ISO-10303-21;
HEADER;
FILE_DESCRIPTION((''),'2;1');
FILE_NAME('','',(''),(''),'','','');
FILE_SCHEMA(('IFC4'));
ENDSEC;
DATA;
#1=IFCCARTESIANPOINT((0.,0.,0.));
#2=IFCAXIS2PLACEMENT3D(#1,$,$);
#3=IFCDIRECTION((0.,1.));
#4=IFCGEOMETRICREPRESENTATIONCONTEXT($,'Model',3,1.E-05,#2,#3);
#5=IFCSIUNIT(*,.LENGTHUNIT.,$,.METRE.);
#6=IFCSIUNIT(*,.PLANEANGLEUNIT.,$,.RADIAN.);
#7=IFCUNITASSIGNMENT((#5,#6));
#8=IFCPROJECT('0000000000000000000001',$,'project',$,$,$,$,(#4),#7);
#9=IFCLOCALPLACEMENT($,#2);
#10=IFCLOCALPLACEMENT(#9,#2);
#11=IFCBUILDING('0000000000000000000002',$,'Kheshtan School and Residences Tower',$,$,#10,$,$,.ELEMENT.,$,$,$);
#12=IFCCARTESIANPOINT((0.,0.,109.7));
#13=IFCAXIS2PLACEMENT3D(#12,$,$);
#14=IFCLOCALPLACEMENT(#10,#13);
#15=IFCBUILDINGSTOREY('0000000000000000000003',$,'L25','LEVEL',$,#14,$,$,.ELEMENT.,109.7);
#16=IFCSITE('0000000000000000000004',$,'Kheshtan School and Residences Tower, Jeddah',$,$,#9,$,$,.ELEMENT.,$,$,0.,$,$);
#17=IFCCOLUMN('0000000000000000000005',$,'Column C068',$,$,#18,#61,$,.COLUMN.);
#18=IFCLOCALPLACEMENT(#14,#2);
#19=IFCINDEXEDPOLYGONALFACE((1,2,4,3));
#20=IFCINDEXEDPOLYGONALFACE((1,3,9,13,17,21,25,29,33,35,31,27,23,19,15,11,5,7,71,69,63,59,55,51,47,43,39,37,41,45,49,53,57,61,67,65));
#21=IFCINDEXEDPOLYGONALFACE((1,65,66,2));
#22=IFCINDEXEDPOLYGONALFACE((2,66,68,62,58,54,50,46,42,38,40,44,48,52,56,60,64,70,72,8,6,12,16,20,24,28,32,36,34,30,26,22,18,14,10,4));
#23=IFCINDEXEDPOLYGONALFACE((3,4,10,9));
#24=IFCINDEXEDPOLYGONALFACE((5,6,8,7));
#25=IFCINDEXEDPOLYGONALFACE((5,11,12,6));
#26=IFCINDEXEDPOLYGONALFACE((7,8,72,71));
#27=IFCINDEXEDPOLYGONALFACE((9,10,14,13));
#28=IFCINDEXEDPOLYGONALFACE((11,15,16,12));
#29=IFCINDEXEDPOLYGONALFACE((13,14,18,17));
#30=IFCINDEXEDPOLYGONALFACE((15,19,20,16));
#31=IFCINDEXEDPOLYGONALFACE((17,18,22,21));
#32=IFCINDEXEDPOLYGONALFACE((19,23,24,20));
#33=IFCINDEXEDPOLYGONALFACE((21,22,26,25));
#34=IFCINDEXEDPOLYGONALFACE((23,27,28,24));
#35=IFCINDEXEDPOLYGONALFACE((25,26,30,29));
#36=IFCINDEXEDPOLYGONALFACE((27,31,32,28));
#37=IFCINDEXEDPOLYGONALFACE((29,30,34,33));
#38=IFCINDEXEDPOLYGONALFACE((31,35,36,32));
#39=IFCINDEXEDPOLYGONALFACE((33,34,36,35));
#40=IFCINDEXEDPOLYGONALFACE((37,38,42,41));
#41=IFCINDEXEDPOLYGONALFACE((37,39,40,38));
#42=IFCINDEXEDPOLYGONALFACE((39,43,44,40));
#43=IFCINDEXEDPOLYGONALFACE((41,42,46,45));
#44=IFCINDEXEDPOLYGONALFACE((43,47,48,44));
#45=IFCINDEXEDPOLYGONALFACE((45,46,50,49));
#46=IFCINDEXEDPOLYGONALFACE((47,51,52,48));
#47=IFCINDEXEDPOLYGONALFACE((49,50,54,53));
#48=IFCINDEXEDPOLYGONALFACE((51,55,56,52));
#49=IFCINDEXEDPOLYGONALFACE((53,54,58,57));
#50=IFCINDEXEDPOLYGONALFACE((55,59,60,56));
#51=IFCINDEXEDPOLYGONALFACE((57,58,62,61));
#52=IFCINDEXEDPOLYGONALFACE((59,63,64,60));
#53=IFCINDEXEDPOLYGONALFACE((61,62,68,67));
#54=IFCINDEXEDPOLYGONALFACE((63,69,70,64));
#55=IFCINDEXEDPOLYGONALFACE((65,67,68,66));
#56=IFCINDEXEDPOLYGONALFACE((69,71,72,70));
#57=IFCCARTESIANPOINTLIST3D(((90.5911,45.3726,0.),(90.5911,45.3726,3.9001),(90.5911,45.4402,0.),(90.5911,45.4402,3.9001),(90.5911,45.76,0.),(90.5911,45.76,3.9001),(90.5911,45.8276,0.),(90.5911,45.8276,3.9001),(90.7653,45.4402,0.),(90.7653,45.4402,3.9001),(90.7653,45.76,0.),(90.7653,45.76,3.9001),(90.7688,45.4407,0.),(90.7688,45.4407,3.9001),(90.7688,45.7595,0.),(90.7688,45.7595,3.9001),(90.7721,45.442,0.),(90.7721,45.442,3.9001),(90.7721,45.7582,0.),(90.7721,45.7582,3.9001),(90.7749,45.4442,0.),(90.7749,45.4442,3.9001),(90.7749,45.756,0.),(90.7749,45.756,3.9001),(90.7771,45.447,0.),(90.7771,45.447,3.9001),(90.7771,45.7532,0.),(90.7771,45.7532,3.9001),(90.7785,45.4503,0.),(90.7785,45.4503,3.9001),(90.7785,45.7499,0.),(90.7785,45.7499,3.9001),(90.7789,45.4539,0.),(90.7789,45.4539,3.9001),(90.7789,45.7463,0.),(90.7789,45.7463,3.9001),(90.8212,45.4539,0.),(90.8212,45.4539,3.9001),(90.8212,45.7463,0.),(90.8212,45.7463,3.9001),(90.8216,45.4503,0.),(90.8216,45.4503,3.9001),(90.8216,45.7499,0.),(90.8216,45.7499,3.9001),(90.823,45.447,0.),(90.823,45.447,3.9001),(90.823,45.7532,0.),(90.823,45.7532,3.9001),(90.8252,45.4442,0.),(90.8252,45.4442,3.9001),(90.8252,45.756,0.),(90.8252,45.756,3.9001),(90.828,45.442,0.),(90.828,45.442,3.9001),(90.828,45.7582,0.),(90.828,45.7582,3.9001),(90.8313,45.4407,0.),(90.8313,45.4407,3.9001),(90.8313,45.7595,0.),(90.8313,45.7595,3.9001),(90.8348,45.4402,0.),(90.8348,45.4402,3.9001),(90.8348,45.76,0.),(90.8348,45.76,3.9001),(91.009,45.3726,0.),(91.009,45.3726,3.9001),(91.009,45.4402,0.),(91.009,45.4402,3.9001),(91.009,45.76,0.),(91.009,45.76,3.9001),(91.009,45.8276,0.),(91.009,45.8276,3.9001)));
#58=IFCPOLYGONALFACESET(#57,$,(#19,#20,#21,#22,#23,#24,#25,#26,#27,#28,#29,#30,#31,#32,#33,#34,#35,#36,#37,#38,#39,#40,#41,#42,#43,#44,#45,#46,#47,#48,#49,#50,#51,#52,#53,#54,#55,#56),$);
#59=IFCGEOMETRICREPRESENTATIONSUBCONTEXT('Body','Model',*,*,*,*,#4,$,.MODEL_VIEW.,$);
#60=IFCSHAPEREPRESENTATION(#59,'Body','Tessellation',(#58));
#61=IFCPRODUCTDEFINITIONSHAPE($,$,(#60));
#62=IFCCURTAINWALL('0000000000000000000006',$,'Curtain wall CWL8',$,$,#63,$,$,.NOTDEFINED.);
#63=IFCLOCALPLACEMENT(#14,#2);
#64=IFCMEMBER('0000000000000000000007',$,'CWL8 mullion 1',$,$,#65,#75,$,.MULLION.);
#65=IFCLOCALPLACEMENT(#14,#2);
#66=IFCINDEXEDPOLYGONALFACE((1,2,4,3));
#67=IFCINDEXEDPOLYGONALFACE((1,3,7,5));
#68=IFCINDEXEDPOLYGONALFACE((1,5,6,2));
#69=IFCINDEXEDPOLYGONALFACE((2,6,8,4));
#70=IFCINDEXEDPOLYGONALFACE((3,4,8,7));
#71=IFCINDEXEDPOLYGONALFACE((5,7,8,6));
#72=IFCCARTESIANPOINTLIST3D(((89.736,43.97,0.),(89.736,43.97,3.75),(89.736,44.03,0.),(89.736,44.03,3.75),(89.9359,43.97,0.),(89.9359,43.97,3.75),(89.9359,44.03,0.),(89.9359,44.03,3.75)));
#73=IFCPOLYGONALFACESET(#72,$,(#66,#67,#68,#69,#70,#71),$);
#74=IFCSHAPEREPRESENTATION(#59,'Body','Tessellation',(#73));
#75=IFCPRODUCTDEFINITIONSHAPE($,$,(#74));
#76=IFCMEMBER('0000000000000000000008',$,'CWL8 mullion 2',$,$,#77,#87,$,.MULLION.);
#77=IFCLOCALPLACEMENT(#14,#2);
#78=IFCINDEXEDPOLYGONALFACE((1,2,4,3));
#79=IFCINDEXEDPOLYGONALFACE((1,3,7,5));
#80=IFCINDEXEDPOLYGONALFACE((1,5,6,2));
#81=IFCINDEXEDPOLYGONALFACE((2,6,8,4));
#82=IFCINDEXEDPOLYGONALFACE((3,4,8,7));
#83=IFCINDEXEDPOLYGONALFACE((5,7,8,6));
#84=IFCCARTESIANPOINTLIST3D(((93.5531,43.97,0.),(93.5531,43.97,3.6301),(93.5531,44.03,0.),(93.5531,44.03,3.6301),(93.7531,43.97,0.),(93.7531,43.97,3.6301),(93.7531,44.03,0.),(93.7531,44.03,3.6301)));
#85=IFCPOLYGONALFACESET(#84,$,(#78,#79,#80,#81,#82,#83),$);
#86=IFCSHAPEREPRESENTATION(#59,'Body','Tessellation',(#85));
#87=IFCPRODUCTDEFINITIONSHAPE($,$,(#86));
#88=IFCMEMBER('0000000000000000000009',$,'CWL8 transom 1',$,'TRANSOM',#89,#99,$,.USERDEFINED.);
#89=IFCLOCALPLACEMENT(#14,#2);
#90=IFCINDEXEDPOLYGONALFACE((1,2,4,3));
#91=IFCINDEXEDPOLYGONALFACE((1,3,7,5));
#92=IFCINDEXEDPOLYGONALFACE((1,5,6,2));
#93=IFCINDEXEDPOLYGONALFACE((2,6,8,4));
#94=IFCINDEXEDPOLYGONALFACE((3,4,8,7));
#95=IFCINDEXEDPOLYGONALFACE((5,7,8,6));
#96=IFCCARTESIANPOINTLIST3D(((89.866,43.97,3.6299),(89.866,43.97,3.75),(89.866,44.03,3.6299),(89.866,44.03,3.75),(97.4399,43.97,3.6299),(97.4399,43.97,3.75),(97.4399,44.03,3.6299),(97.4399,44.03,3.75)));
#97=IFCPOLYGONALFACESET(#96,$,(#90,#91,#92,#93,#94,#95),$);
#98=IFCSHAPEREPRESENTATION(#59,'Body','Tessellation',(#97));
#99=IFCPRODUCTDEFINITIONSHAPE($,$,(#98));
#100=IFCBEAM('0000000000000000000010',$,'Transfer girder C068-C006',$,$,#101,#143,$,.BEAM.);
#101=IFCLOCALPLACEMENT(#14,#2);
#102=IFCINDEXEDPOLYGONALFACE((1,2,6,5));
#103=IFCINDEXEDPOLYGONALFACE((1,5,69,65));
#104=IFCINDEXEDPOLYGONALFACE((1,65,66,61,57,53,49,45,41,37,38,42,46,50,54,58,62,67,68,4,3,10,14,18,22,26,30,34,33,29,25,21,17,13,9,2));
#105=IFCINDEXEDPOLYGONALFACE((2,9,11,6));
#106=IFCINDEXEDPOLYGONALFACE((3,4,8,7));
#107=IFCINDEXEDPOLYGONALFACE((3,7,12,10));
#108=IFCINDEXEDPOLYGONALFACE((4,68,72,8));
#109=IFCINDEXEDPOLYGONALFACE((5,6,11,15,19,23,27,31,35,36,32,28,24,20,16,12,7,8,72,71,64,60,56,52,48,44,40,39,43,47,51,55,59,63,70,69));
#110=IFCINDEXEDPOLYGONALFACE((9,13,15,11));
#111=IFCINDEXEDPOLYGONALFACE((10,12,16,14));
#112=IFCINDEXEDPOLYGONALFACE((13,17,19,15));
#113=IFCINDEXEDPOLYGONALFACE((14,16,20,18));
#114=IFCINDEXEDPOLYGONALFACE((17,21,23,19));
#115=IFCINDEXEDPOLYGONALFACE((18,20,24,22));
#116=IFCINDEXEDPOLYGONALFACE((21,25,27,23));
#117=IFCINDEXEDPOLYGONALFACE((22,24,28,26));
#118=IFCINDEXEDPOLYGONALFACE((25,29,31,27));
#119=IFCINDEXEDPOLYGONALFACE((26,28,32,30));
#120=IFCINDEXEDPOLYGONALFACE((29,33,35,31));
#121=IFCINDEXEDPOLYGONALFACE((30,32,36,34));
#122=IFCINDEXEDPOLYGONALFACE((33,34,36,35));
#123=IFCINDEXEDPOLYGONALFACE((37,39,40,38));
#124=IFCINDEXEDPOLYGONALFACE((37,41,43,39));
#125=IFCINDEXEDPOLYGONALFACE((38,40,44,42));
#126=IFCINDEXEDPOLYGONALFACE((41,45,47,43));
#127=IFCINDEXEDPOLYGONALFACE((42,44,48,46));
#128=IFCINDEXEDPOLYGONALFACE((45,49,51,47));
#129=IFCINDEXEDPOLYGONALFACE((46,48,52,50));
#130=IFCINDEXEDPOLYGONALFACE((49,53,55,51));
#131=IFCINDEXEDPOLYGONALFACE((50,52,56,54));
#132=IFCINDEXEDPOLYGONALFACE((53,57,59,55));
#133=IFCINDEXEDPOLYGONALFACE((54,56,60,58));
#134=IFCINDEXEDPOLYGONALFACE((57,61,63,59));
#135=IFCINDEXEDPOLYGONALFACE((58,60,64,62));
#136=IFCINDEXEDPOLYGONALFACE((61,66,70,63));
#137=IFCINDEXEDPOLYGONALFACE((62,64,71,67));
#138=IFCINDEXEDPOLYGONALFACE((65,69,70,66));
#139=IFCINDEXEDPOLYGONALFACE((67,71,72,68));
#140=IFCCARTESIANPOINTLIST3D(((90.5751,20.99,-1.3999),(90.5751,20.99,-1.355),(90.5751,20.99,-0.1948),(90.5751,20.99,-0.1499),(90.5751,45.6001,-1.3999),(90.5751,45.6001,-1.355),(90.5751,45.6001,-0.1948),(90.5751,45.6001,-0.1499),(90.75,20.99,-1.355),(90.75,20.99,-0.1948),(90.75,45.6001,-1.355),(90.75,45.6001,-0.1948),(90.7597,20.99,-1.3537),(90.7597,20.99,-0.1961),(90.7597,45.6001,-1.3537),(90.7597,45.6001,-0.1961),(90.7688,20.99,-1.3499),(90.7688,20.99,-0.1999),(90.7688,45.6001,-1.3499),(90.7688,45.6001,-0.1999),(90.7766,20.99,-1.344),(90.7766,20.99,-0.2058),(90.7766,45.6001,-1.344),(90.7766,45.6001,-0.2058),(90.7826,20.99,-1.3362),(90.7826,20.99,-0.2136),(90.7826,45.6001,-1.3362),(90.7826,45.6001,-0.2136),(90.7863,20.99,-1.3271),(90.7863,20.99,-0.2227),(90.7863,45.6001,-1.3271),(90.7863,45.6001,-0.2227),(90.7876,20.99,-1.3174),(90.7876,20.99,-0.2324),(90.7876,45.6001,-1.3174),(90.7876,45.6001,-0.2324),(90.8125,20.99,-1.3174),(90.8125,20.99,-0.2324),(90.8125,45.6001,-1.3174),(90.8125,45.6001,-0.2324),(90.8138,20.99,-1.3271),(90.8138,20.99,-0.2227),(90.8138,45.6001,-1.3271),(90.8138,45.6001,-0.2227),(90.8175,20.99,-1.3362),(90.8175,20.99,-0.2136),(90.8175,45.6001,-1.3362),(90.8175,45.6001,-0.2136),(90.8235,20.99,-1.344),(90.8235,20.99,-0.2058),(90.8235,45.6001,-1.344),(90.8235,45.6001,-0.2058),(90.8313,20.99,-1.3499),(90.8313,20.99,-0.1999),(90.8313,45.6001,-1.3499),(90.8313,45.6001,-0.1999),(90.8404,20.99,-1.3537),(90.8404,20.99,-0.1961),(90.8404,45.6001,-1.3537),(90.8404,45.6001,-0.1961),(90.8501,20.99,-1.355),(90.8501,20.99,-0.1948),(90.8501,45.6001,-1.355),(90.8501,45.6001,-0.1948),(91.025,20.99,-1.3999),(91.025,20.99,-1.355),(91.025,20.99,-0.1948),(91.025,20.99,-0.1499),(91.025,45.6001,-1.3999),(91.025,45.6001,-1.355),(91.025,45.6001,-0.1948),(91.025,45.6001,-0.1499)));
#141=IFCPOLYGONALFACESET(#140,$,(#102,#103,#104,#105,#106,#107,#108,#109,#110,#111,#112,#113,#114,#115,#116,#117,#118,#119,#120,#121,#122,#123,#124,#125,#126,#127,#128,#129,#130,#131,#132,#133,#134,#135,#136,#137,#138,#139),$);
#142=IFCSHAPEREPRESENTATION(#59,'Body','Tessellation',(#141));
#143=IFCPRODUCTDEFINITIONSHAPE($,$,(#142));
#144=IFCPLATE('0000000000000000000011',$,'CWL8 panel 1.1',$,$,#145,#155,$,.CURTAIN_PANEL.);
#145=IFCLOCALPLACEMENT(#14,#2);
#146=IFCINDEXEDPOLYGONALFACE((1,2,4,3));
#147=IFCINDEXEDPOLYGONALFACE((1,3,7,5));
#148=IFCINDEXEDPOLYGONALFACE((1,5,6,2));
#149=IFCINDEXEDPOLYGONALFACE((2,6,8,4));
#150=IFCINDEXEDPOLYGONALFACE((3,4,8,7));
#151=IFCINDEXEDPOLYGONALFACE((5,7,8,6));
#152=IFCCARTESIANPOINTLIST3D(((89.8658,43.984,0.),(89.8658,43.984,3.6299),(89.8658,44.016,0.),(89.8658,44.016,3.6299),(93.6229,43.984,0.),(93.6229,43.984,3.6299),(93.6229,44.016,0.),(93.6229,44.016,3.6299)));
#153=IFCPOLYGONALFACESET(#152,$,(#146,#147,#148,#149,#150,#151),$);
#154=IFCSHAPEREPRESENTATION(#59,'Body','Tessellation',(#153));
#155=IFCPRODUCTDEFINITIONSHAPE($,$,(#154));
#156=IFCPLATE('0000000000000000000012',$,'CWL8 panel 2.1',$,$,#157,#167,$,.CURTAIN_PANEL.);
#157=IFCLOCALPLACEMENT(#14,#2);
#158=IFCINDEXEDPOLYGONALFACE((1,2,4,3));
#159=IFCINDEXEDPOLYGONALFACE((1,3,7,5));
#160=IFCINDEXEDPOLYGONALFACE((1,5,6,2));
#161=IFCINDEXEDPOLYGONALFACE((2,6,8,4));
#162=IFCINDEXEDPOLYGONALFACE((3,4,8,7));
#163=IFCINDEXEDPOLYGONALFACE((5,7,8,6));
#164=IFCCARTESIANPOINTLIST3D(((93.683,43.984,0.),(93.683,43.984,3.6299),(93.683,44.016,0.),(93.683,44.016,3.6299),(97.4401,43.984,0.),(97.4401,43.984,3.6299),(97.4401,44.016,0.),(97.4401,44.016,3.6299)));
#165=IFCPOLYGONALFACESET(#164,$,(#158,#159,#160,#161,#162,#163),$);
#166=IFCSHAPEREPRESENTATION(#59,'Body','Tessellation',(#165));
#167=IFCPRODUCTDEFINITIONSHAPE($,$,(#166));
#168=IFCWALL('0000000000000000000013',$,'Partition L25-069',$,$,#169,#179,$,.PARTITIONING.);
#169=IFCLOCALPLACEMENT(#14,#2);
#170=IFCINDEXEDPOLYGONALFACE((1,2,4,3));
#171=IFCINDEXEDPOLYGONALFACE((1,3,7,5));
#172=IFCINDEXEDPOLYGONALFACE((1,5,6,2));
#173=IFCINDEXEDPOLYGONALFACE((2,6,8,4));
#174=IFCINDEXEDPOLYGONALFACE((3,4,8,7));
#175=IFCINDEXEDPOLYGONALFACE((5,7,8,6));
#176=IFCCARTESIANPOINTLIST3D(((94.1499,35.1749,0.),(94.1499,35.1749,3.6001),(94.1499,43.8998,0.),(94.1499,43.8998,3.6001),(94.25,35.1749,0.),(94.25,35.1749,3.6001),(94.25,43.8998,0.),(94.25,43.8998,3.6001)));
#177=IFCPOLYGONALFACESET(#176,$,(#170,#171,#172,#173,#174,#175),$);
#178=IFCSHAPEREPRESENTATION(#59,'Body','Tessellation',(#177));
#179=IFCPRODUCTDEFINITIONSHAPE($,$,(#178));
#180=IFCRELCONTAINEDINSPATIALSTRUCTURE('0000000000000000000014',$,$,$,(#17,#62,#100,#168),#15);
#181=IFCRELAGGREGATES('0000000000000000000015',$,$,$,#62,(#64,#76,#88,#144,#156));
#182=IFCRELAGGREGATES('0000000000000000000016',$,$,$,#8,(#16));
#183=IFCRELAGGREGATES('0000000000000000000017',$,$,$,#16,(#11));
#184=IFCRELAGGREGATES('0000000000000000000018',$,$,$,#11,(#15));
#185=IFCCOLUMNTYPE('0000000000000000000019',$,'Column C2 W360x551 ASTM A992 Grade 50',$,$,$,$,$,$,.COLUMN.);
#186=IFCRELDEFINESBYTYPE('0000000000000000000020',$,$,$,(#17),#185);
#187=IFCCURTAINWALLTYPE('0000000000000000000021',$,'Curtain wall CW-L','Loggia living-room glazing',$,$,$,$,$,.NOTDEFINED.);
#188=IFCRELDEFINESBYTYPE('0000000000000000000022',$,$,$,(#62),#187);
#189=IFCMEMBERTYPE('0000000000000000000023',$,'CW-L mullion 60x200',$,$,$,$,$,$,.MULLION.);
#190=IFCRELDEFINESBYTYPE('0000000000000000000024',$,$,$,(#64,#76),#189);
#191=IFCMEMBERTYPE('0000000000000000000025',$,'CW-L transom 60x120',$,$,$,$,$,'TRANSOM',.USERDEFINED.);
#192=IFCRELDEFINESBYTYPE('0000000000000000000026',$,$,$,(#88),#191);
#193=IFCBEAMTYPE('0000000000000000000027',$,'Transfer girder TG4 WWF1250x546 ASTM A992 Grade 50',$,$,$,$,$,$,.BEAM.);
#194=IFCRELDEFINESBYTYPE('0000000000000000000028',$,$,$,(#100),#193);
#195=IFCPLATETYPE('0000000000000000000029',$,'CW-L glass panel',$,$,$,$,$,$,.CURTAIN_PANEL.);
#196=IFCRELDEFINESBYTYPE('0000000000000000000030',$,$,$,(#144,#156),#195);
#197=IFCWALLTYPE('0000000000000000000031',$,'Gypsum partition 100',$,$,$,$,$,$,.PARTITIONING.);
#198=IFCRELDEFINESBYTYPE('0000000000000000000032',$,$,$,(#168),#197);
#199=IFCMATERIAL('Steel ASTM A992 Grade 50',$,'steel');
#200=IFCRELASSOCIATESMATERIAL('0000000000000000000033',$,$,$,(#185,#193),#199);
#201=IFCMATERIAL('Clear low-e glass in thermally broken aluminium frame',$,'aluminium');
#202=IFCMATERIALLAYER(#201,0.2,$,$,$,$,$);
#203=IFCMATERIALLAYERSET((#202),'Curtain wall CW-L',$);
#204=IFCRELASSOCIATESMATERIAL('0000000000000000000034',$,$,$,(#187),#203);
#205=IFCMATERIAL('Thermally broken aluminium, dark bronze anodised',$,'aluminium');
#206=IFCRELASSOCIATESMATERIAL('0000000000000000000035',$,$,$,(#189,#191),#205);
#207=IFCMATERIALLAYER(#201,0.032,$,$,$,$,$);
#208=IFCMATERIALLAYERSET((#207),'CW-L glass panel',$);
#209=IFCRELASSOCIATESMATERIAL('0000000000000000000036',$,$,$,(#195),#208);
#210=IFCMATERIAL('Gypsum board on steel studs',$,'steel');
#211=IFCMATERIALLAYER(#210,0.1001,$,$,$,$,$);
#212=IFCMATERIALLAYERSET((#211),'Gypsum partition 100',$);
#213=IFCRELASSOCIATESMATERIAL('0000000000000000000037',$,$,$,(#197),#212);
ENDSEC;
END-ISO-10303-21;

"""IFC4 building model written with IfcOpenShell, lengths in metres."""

from ifc_helpers import new_model, si_unit, direction, frame, frame_2d, origin, origin_2d, place, context, subcontext, project, spatial, rectangle, i_section, extrude, material, layer, layer_set, material_profile, profile_set, type_object, element, aggregate, save


model = new_model("IFC4")

# Units and contexts
model_context = context("Model", 3, precision=1e-05, world=origin(), true_north=direction((0.0, 1.0)))
body_context = subcontext(model_context, "Body", "Model", "MODEL_VIEW")
ifc_project = project(units=[si_unit("LENGTHUNIT", "METRE"), si_unit("PLANEANGLEUNIT", "RADIAN")], contexts=[model_context])

# Site, building, storey
site_placement = place(None, origin())
site = spatial("IfcSite", under=ifc_project, at=site_placement, Name="Kheshtan School and Residences Tower, Jeddah", CompositionType="ELEMENT", RefElevation=0.0)
building_placement = place(site_placement, origin())
building = spatial("IfcBuilding", under=site, at=building_placement, Name="Kheshtan School and Residences Tower", CompositionType="ELEMENT")
storey_placement = place(building_placement, frame((0.0, 0.0, 109.7)))
storey = spatial("IfcBuildingStorey", under=building, at=storey_placement, Name="L25", Description="LEVEL", CompositionType="ELEMENT", Elevation=109.7)

# Column
ifc_material_1 = material(Name="Steel ASTM A992 Grade 50", Category="steel")
ifc_material_profile_1 = material_profile(ifc_material_1, i_section(OverallWidth=0.418, OverallDepth=0.4551, WebThickness=0.0422, FlangeThickness=0.0676, FilletRadius=0.0137, at=origin_2d()), Name="W360x551")
ifc_profile_set_1 = profile_set([ifc_material_profile_1], Name="Steel ASTM A992 Grade 50")
column_type = type_object("IfcColumnType", Name="Column C2 W360x551 ASTM A992 Grade 50", PredefinedType="COLUMN", material=ifc_profile_set_1)
column_placement = place(storey_placement, frame((90.8, 45.6001, 0.0), z_axis=(0.0, 0.0, 1.0), x_axis=(1.0, 0.0, 0.0)))
element("IfcColumn", 1, at=column_placement, inside=storey, type_object=column_type, Name="Column C068", PredefinedType="COLUMN", context=body_context, shape_type="SweptSolid", body=[
    extrude(i_section(OverallWidth=0.418, OverallDepth=0.4551, WebThickness=0.0422, FlangeThickness=0.0676, FilletRadius=0.0137, at=origin_2d()), origin(), (0.0, 0.0, 1.0), 3.9001),
])

# Curtain wall, members
ifc_material_2 = material(Name="Clear low-e glass in thermally broken aluminium frame", Category="aluminium")
ifc_layer_1 = layer(ifc_material_2, 0.2)
ifc_layer_set_1 = layer_set([ifc_layer_1], Name="Curtain wall CW-L")
curtain_wall_type = type_object("IfcCurtainWallType", Name="Curtain wall CW-L", Description="Loggia living-room glazing", PredefinedType="NOTDEFINED", material=ifc_layer_set_1)
curtain_wall_placement = place(storey_placement, origin())
curtain_wall = element("IfcCurtainWall", 2, at=curtain_wall_placement, inside=storey, type_object=curtain_wall_type, Name="Curtain wall CWL8", PredefinedType="NOTDEFINED")
ifc_material_3 = material(Name="Thermally broken aluminium, dark bronze anodised", Category="aluminium")
ifc_material_profile_2 = material_profile(ifc_material_3, rectangle(XDim=0.0601, YDim=0.2, at=origin_2d()), Name="CW-L mullion 60x200")
ifc_profile_set_2 = profile_set([ifc_material_profile_2], Name="Thermally broken aluminium, dark bronze anodised")
member_type_1 = type_object("IfcMemberType", Name="CW-L mullion 60x200", PredefinedType="MULLION", material=ifc_profile_set_2)
member_1_placement = place(storey_placement, frame((89.8359, 44.0, 0.0), z_axis=(0.0, 0.0, 1.0), x_axis=(0.0, 1.0, 0.0)))
member_1 = element("IfcMember", 3, at=member_1_placement, type_object=member_type_1, Name="CWL8 mullion 1", PredefinedType="MULLION", context=body_context, shape_type="SweptSolid", body=[
    extrude(rectangle(XDim=0.0601, YDim=0.2, at=origin_2d()), origin(), (0.0, 0.0, 1.0), 3.75),
])
member_2_placement = place(storey_placement, frame((93.6531, 44.0, 0.0), z_axis=(0.0, 0.0, 1.0), x_axis=(0.0, 1.0, 0.0)))
member_2 = element("IfcMember", 4, at=member_2_placement, type_object=member_type_1, Name="CWL8 mullion 2", PredefinedType="MULLION", context=body_context, shape_type="SweptSolid", body=[
    extrude(rectangle(XDim=0.0601, YDim=0.2, at=origin_2d()), origin(), (0.0, 0.0, 1.0), 3.6301),
])
ifc_material_profile_3 = material_profile(ifc_material_3, rectangle(XDim=0.0601, YDim=0.1201, at=origin_2d()), Name="CW-L transom 60x120")
ifc_profile_set_3 = profile_set([ifc_material_profile_3], Name="Thermally broken aluminium, dark bronze anodised")
member_type_2 = type_object("IfcMemberType", Name="CW-L transom 60x120", ElementType="TRANSOM", PredefinedType="USERDEFINED", material=ifc_profile_set_3)
member_3_placement = place(storey_placement, frame((89.866, 44.0, 3.6899), z_axis=(1.0, 0.0, 0.0), x_axis=(0.0, 1.0, 0.0)))
member_3 = element("IfcMember", 5, at=member_3_placement, type_object=member_type_2, Name="CWL8 transom 1", ObjectType="TRANSOM", PredefinedType="USERDEFINED", context=body_context, shape_type="SweptSolid", body=[
    extrude(rectangle(XDim=0.0601, YDim=0.1201, at=origin_2d()), origin(), (0.0, 0.0, 1.0), 7.574),
])

# Beam
ifc_material_profile_4 = material_profile(ifc_material_1, i_section(OverallWidth=0.45, OverallDepth=1.25, WebThickness=0.0249, FlangeThickness=0.0449, FilletRadius=0.0376, at=origin_2d()), Name="WWF1250x546")
ifc_profile_set_4 = profile_set([ifc_material_profile_4], Name="Steel ASTM A992 Grade 50")
beam_type = type_object("IfcBeamType", Name="Transfer girder TG4 WWF1250x546 ASTM A992 Grade 50", PredefinedType="BEAM", material=ifc_profile_set_4)
beam_placement = place(storey_placement, frame((90.8, 45.6001, -0.7749), z_axis=(0.0, -1.0, 0.0), x_axis=(1.0, 0.0, 0.0)))
element("IfcBeam", 6, at=beam_placement, inside=storey, type_object=beam_type, Name="Transfer girder C068-C006", PredefinedType="BEAM", context=body_context, shape_type="SweptSolid", body=[
    extrude(i_section(OverallWidth=0.45, OverallDepth=1.25, WebThickness=0.0249, FlangeThickness=0.0449, FilletRadius=0.0376, at=origin_2d()), origin(), (0.0, 0.0, 1.0), 24.6101),
])

# Plates
ifc_layer_2 = layer(ifc_material_2, 0.032)
ifc_layer_set_2 = layer_set([ifc_layer_2], Name="CW-L glass panel")
plate_type = type_object("IfcPlateType", Name="CW-L glass panel", PredefinedType="CURTAIN_PANEL", material=ifc_layer_set_2)
plate_1_placement = place(storey_placement, frame((91.7444, 44.0, 0.0), z_axis=(0.0, 0.0, 1.0), x_axis=(1.0, 0.0, 0.0)))
plate_1 = element("IfcPlate", 7, at=plate_1_placement, type_object=plate_type, Name="CWL8 panel 1.1", PredefinedType="CURTAIN_PANEL", context=body_context, shape_type="SweptSolid", body=[
    extrude(rectangle(XDim=3.7571, YDim=0.032, at=origin_2d()), origin(), (0.0, 0.0, 1.0), 3.6299),
])
plate_2_placement = place(storey_placement, frame((95.5615, 44.0, 0.0), z_axis=(0.0, 0.0, 1.0), x_axis=(1.0, 0.0, 0.0)))
plate_2 = element("IfcPlate", 8, at=plate_2_placement, type_object=plate_type, Name="CWL8 panel 2.1", PredefinedType="CURTAIN_PANEL", context=body_context, shape_type="SweptSolid", body=[
    extrude(rectangle(XDim=3.7571, YDim=0.032, at=origin_2d()), origin(), (0.0, 0.0, 1.0), 3.6299),
])
aggregate(curtain_wall, [member_1, member_2, member_3, plate_1, plate_2])

# Wall
ifc_material_4 = material(Name="Gypsum board on steel studs", Category="steel")
ifc_layer_3 = layer(ifc_material_4, 0.1001)
ifc_layer_set_3 = layer_set([ifc_layer_3], Name="Gypsum partition 100")
wall_type_1 = type_object("IfcWallType", Name="Gypsum partition 100", PredefinedType="PARTITIONING", material=ifc_layer_set_3)
wall_1_placement = place(storey_placement, frame((94.2, 35.175, 0.0), z_axis=(0.0, 0.0, 1.0), x_axis=(0.0, 1.0, 0.0)))
element("IfcWall", 9, at=wall_1_placement, inside=storey, type_object=wall_type_1, Name="Partition L25-069", PredefinedType="PARTITIONING", context=body_context, shape_type="SweptSolid", body=[
    extrude(rectangle(XDim=8.7249, YDim=0.1001, at=frame_2d((4.3623, 0.0))), origin(), (0.0, 0.0, 1.0), 3.6001),
])

save(model, "model.ifc")
